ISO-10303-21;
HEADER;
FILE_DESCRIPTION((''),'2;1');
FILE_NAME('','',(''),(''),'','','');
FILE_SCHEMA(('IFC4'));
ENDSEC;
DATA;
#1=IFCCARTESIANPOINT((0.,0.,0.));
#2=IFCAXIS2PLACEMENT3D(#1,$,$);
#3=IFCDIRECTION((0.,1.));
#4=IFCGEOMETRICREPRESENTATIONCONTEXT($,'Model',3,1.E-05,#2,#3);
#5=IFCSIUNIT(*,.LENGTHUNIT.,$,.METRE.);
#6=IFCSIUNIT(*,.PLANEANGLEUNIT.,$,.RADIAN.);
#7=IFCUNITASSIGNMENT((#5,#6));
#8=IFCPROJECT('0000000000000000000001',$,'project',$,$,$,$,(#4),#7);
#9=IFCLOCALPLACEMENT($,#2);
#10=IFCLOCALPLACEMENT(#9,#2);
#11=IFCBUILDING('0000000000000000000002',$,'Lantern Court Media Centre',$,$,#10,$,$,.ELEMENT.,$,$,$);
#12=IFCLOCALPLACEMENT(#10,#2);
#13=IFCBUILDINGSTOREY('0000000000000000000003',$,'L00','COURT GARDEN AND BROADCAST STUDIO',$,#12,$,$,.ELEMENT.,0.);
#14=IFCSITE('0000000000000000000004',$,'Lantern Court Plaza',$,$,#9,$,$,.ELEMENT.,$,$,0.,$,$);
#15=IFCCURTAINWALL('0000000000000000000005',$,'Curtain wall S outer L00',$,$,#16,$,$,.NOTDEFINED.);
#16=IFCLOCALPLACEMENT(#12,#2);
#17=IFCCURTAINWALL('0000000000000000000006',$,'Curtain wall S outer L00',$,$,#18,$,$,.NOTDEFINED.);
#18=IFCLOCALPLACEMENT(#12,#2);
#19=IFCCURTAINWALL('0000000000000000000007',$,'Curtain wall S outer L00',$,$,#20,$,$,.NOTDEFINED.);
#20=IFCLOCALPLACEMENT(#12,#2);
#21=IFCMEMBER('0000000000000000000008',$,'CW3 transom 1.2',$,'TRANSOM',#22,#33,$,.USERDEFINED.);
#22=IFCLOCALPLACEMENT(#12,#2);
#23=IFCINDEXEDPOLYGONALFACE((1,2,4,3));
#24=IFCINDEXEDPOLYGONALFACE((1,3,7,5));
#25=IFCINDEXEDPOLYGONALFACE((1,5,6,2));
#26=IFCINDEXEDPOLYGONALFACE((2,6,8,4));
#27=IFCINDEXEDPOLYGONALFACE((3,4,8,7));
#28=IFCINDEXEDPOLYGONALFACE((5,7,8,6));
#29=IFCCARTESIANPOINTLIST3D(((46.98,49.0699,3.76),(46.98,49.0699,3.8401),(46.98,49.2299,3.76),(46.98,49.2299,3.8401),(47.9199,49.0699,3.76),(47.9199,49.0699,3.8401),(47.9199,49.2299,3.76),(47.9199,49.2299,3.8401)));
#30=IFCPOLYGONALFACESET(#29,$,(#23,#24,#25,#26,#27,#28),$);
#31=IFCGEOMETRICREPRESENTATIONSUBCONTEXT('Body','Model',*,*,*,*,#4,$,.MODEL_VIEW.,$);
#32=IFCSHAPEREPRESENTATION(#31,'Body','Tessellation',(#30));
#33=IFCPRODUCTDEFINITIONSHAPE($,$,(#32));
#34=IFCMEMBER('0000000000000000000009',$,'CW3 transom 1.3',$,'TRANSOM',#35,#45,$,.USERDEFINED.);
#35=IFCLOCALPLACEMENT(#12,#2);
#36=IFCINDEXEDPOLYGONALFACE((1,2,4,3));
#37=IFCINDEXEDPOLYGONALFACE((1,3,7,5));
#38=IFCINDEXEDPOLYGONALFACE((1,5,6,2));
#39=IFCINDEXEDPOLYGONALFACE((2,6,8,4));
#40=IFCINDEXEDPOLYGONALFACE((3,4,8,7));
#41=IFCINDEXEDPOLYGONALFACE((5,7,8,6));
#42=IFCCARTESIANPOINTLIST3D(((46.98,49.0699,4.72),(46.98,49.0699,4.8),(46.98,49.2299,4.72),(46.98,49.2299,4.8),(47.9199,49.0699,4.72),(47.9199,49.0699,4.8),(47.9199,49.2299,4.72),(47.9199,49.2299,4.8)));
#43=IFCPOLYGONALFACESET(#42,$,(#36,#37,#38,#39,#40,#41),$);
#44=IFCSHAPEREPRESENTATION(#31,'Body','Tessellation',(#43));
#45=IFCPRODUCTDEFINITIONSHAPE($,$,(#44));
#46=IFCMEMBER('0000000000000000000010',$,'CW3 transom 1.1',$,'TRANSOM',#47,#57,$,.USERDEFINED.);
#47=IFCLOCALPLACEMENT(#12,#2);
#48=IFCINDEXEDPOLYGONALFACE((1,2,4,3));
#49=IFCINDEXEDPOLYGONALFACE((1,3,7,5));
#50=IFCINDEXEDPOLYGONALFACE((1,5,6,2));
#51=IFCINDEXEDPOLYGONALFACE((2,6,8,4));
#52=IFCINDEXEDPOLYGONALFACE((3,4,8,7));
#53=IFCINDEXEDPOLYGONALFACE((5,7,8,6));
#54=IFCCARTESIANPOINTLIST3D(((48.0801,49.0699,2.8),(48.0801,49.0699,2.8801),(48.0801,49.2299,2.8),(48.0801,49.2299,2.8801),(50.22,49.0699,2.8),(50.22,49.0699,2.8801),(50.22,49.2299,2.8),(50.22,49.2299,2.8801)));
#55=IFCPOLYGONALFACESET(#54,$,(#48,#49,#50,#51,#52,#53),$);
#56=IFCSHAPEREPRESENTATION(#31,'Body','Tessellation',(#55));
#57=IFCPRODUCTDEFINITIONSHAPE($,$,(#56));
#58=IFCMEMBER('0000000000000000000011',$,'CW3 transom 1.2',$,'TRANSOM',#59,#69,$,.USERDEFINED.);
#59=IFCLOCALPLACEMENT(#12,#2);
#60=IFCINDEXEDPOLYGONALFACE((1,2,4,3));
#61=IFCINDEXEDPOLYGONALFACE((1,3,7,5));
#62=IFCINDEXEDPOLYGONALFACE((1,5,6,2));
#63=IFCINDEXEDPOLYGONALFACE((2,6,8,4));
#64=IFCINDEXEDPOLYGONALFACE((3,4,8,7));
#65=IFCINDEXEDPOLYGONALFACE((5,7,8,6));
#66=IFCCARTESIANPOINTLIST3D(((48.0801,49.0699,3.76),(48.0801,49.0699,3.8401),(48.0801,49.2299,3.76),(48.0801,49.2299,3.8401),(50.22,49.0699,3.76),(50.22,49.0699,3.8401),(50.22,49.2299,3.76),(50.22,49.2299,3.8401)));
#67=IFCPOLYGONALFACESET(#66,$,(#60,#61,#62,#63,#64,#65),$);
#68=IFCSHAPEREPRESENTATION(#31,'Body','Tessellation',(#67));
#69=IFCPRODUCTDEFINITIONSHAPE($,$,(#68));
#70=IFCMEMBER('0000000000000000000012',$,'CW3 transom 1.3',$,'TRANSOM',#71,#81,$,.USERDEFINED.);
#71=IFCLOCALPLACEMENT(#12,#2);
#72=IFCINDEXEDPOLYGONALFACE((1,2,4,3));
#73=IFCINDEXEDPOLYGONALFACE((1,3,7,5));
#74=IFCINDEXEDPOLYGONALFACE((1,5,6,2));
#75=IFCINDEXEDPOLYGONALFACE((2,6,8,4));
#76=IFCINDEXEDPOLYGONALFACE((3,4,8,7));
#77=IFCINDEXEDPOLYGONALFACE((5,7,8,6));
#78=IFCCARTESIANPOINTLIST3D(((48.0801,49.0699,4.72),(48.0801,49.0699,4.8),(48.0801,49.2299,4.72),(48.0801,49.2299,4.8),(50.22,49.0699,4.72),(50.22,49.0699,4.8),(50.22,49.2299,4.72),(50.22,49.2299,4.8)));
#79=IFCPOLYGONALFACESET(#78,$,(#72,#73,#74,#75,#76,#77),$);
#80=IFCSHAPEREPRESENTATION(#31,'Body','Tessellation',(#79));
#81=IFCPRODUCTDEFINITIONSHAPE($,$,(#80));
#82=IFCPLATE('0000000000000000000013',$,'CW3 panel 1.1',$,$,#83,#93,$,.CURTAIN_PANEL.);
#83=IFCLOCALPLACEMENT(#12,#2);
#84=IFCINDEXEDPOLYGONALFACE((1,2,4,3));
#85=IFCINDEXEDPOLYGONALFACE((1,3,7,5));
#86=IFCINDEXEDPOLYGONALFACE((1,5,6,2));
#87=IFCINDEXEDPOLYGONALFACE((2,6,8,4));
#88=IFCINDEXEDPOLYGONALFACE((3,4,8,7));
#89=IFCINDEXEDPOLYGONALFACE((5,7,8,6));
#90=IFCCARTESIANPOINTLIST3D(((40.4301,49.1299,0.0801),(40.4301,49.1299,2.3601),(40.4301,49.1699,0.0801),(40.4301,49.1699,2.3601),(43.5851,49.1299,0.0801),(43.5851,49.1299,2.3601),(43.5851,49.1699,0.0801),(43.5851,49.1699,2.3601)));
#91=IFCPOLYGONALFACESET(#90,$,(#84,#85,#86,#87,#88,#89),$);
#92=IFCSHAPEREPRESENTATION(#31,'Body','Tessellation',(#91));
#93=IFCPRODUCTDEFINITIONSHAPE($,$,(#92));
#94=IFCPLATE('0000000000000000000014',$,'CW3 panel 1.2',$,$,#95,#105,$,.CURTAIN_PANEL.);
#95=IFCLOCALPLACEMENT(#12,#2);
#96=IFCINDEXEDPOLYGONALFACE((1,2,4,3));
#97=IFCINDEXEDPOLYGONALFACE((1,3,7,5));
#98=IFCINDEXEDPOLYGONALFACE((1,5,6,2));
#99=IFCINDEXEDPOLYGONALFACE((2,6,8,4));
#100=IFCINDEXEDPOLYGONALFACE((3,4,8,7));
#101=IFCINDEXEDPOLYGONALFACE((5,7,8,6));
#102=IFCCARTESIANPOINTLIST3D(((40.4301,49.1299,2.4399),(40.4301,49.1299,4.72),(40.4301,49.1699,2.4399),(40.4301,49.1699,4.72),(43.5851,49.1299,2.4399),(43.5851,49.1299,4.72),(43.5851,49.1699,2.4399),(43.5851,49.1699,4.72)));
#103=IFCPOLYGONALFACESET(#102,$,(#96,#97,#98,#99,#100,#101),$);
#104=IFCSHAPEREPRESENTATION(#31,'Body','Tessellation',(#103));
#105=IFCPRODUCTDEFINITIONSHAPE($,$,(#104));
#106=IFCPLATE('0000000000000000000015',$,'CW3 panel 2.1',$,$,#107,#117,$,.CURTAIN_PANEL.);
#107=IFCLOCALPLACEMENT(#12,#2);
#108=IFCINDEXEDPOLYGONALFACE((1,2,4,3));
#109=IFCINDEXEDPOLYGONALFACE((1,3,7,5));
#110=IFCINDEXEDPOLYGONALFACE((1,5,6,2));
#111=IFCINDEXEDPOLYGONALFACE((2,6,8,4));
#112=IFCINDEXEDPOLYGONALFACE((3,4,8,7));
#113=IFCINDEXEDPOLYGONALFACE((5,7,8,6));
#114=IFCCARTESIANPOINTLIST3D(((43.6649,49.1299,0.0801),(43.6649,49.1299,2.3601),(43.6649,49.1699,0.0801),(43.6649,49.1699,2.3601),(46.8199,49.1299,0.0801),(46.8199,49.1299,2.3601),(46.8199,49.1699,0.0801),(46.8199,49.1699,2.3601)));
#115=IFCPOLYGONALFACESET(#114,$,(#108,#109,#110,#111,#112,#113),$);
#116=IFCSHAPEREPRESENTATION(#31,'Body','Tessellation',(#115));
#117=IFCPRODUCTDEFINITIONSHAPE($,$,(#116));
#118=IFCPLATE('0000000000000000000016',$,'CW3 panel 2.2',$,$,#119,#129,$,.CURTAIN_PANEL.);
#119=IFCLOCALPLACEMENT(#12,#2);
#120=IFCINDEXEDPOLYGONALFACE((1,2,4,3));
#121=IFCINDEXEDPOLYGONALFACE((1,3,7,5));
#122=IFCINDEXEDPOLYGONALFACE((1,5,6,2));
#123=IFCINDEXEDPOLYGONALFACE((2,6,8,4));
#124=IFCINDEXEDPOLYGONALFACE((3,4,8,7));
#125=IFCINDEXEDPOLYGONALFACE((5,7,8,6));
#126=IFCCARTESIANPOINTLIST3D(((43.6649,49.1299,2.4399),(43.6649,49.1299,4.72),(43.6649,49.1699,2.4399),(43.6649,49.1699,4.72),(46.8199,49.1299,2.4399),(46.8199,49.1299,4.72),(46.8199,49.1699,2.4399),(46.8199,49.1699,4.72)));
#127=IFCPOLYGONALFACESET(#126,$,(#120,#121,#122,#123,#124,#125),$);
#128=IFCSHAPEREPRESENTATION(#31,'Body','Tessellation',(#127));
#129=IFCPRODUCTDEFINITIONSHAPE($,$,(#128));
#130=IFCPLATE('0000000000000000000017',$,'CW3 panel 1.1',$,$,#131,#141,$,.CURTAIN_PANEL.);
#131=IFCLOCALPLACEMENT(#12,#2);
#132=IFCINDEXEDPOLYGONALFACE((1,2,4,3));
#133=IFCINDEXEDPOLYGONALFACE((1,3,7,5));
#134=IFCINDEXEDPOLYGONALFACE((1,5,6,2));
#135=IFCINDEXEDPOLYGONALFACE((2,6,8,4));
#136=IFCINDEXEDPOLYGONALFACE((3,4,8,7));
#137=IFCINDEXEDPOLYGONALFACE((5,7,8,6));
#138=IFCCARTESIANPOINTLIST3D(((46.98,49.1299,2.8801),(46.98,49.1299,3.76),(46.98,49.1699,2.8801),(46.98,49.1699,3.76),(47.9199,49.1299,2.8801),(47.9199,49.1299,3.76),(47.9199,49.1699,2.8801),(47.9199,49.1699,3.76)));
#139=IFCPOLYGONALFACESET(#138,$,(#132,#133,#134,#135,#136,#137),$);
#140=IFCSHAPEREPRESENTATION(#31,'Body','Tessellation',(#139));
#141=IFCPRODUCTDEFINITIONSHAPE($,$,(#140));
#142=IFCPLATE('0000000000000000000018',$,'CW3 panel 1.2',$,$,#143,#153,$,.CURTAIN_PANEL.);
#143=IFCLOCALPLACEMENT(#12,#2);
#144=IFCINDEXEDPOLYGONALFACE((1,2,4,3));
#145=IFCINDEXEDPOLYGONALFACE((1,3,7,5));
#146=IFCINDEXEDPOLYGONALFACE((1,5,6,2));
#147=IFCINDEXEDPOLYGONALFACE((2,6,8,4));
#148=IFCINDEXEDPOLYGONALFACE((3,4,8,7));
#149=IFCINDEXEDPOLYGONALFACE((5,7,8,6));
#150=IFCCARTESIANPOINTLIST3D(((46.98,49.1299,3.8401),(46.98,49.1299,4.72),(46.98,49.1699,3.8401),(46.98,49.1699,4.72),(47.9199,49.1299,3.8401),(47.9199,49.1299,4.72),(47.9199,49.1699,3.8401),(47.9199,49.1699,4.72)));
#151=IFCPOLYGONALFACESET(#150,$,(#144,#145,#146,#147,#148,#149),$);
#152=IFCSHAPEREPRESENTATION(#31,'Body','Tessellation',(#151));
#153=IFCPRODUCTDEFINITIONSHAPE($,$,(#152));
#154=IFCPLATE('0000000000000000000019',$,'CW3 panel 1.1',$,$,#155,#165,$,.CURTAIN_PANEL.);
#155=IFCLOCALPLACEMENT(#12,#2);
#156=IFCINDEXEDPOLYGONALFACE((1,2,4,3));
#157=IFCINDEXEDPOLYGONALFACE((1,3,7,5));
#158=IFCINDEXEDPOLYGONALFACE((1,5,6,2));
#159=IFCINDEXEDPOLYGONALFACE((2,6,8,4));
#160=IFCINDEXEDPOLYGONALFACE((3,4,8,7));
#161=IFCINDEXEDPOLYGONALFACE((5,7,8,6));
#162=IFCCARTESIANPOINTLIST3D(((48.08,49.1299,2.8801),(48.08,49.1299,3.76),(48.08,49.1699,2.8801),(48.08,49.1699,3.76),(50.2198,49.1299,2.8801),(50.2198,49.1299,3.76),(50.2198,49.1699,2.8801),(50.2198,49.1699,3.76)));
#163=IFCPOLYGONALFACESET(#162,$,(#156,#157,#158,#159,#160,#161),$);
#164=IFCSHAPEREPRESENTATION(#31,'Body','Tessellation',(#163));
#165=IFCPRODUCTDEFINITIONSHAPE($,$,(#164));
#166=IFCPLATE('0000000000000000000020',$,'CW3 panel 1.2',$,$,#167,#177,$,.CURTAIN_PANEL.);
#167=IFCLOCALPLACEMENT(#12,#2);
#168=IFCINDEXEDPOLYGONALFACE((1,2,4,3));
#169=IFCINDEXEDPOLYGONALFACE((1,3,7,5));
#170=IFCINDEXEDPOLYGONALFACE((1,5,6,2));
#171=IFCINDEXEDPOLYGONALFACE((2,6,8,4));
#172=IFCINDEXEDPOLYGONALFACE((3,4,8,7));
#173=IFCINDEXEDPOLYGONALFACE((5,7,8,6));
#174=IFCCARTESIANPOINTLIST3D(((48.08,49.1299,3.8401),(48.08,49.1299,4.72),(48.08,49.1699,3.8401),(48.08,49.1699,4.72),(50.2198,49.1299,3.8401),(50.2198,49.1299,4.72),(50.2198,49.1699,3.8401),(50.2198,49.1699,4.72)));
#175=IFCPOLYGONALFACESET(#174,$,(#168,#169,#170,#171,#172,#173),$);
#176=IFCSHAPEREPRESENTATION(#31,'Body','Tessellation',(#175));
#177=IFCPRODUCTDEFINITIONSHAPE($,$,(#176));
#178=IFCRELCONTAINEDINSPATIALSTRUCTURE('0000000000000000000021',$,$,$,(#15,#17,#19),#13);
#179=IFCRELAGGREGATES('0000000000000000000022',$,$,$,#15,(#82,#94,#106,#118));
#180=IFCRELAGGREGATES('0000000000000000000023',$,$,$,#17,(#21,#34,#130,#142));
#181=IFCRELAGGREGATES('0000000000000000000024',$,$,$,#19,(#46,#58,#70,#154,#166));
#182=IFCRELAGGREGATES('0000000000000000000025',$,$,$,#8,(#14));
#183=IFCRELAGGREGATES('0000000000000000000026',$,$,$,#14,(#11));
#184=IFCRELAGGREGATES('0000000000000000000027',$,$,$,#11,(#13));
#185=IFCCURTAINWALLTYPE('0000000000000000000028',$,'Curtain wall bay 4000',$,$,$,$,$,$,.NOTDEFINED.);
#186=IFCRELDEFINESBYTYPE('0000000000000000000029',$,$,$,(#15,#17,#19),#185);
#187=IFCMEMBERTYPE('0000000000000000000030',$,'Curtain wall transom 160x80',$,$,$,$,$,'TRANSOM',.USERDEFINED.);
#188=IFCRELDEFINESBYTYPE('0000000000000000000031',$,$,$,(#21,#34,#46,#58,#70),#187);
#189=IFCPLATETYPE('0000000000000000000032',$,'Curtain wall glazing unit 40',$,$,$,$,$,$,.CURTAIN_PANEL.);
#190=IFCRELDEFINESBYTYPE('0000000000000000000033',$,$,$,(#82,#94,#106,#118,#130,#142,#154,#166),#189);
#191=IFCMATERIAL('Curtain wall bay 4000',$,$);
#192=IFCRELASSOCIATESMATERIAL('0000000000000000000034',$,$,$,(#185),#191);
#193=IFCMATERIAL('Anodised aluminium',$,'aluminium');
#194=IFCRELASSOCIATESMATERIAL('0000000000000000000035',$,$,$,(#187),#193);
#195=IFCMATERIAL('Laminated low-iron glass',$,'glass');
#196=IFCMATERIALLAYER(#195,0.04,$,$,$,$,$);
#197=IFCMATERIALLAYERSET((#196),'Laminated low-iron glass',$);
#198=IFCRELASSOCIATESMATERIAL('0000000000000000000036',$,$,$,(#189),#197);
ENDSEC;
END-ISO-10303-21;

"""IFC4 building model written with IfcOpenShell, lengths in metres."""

from ifc_helpers import new_model, si_unit, direction, frame, origin, origin_2d, place, context, subcontext, project, spatial, rectangle, extrude, material, layer, layer_set, material_profile, profile_set, type_object, element, aggregate, save


model = new_model("IFC4")

# Units and contexts
model_context = context("Model", 3, precision=1e-05, world=origin(), true_north=direction((0.0, 1.0)))
body_context = subcontext(model_context, "Body", "Model", "MODEL_VIEW")
ifc_project = project(units=[si_unit("LENGTHUNIT", "METRE"), si_unit("PLANEANGLEUNIT", "RADIAN")], contexts=[model_context])

# Site, building, storey
site_placement = place(None, origin())
site = spatial("IfcSite", under=ifc_project, at=site_placement, Name="Lantern Court Plaza", CompositionType="ELEMENT", RefElevation=0.0)
building_placement = place(site_placement, origin())
building = spatial("IfcBuilding", under=site, at=building_placement, Name="Lantern Court Media Centre", CompositionType="ELEMENT")
storey_placement = place(building_placement, origin())
storey = spatial("IfcBuildingStorey", under=building, at=storey_placement, Name="L00", Description="COURT GARDEN AND BROADCAST STUDIO", CompositionType="ELEMENT", Elevation=0.0)

# Curtain walls
ifc_material_1 = material(Name="Curtain wall bay 4000")
curtain_wall_type = type_object("IfcCurtainWallType", Name="Curtain wall bay 4000", PredefinedType="NOTDEFINED", material=ifc_material_1)
curtain_wall_1_placement = place(storey_placement, origin())
curtain_wall_1 = element("IfcCurtainWall", 1, at=curtain_wall_1_placement, inside=storey, type_object=curtain_wall_type, Name="Curtain wall S outer L00", PredefinedType="NOTDEFINED")
ifc_material_2 = material(Name="Anodised aluminium", Category="aluminium")
curtain_wall_2_placement = place(storey_placement, origin())
curtain_wall_2 = element("IfcCurtainWall", 2, at=curtain_wall_2_placement, inside=storey, type_object=curtain_wall_type, Name="Curtain wall S outer L00", PredefinedType="NOTDEFINED")
curtain_wall_3_placement = place(storey_placement, origin())
curtain_wall_3 = element("IfcCurtainWall", 3, at=curtain_wall_3_placement, inside=storey, type_object=curtain_wall_type, Name="Curtain wall S outer L00", PredefinedType="NOTDEFINED")

# Members
ifc_material_profile_1 = material_profile(ifc_material_2, rectangle(XDim=0.1599, YDim=0.0801, at=origin_2d()), Name="AL 80x160")
ifc_profile_set_1 = profile_set([ifc_material_profile_1], Name="Anodised aluminium")
member_type_1 = type_object("IfcMemberType", Name="Curtain wall transom 160x80", ElementType="TRANSOM", PredefinedType="USERDEFINED", material=ifc_profile_set_1)
member_1_placement = place(storey_placement, frame((46.98, 49.1499, 3.8), z_axis=(1.0, 0.0, 0.0), x_axis=(0.0, 1.0, 0.0)))
member_1 = element("IfcMember", 4, at=member_1_placement, type_object=member_type_1, Name="CW3 transom 1.2", ObjectType="TRANSOM", PredefinedType="USERDEFINED", context=body_context, shape_type="SweptSolid", body=[
    extrude(rectangle(XDim=0.1599, YDim=0.0801, at=origin_2d()), origin(), (0.0, 0.0, 1.0), 0.9399),
])
member_2_placement = place(storey_placement, frame((46.98, 49.1499, 4.76), z_axis=(1.0, 0.0, 0.0), x_axis=(0.0, 1.0, 0.0)))
member_2 = element("IfcMember", 5, at=member_2_placement, type_object=member_type_1, Name="CW3 transom 1.3", ObjectType="TRANSOM", PredefinedType="USERDEFINED", context=body_context, shape_type="SweptSolid", body=[
    extrude(rectangle(XDim=0.1599, YDim=0.0801, at=origin_2d()), origin(), (0.0, 0.0, 1.0), 0.9399),
])
member_3_placement = place(storey_placement, frame((48.0801, 49.1499, 2.8401), z_axis=(1.0, 0.0, 0.0), x_axis=(0.0, 1.0, 0.0)))
member_3 = element("IfcMember", 6, at=member_3_placement, type_object=member_type_1, Name="CW3 transom 1.1", ObjectType="TRANSOM", PredefinedType="USERDEFINED", context=body_context, shape_type="SweptSolid", body=[
    extrude(rectangle(XDim=0.1599, YDim=0.0801, at=origin_2d()), origin(), (0.0, 0.0, 1.0), 2.1399),
])
member_4_placement = place(storey_placement, frame((48.0801, 49.1499, 3.8), z_axis=(1.0, 0.0, 0.0), x_axis=(0.0, 1.0, 0.0)))
member_4 = element("IfcMember", 7, at=member_4_placement, type_object=member_type_1, Name="CW3 transom 1.2", ObjectType="TRANSOM", PredefinedType="USERDEFINED", context=body_context, shape_type="SweptSolid", body=[
    extrude(rectangle(XDim=0.1599, YDim=0.0801, at=origin_2d()), origin(), (0.0, 0.0, 1.0), 2.1399),
])
member_5_placement = place(storey_placement, frame((48.0801, 49.1499, 4.76), z_axis=(1.0, 0.0, 0.0), x_axis=(0.0, 1.0, 0.0)))
member_5 = element("IfcMember", 8, at=member_5_placement, type_object=member_type_1, Name="CW3 transom 1.3", ObjectType="TRANSOM", PredefinedType="USERDEFINED", context=body_context, shape_type="SweptSolid", body=[
    extrude(rectangle(XDim=0.1599, YDim=0.0801, at=origin_2d()), origin(), (0.0, 0.0, 1.0), 2.1399),
])

# Plates
ifc_material_3 = material(Name="Laminated low-iron glass", Category="glass")
ifc_layer_1 = layer(ifc_material_3, 0.04)
ifc_layer_set_1 = layer_set([ifc_layer_1], Name="Laminated low-iron glass")
plate_type = type_object("IfcPlateType", Name="Curtain wall glazing unit 40", PredefinedType="CURTAIN_PANEL", material=ifc_layer_set_1)
plate_1_placement = place(storey_placement, frame((42.0076, 49.1499, 0.0801), z_axis=(0.0, 0.0, 1.0), x_axis=(1.0, 0.0, 0.0)))
plate_1 = element("IfcPlate", 9, at=plate_1_placement, type_object=plate_type, Name="CW3 panel 1.1", PredefinedType="CURTAIN_PANEL", context=body_context, shape_type="SweptSolid", body=[
    extrude(rectangle(XDim=3.155, YDim=0.04, at=origin_2d()), origin(), (0.0, 0.0, 1.0), 2.28),
])
plate_2_placement = place(storey_placement, frame((42.0076, 49.1499, 2.4399), z_axis=(0.0, 0.0, 1.0), x_axis=(1.0, 0.0, 0.0)))
plate_2 = element("IfcPlate", 10, at=plate_2_placement, type_object=plate_type, Name="CW3 panel 1.2", PredefinedType="CURTAIN_PANEL", context=body_context, shape_type="SweptSolid", body=[
    extrude(rectangle(XDim=3.155, YDim=0.04, at=origin_2d()), origin(), (0.0, 0.0, 1.0), 2.28),
])
plate_3_placement = place(storey_placement, frame((45.2424, 49.1499, 0.0801), z_axis=(0.0, 0.0, 1.0), x_axis=(1.0, 0.0, 0.0)))
plate_3 = element("IfcPlate", 11, at=plate_3_placement, type_object=plate_type, Name="CW3 panel 2.1", PredefinedType="CURTAIN_PANEL", context=body_context, shape_type="SweptSolid", body=[
    extrude(rectangle(XDim=3.155, YDim=0.04, at=origin_2d()), origin(), (0.0, 0.0, 1.0), 2.28),
])
plate_4_placement = place(storey_placement, frame((45.2424, 49.1499, 2.4399), z_axis=(0.0, 0.0, 1.0), x_axis=(1.0, 0.0, 0.0)))
plate_4 = element("IfcPlate", 12, at=plate_4_placement, type_object=plate_type, Name="CW3 panel 2.2", PredefinedType="CURTAIN_PANEL", context=body_context, shape_type="SweptSolid", body=[
    extrude(rectangle(XDim=3.155, YDim=0.04, at=origin_2d()), origin(), (0.0, 0.0, 1.0), 2.28),
])
aggregate(curtain_wall_1, [plate_1, plate_2, plate_3, plate_4])
plate_5_placement = place(storey_placement, frame((47.45, 49.1499, 2.8801), z_axis=(0.0, 0.0, 1.0), x_axis=(1.0, 0.0, 0.0)))
plate_5 = element("IfcPlate", 13, at=plate_5_placement, type_object=plate_type, Name="CW3 panel 1.1", PredefinedType="CURTAIN_PANEL", context=body_context, shape_type="SweptSolid", body=[
    extrude(rectangle(XDim=0.9399, YDim=0.04, at=origin_2d()), origin(), (0.0, 0.0, 1.0), 0.8799),
])
plate_6_placement = place(storey_placement, frame((47.45, 49.1499, 3.8401), z_axis=(0.0, 0.0, 1.0), x_axis=(1.0, 0.0, 0.0)))
plate_6 = element("IfcPlate", 14, at=plate_6_placement, type_object=plate_type, Name="CW3 panel 1.2", PredefinedType="CURTAIN_PANEL", context=body_context, shape_type="SweptSolid", body=[
    extrude(rectangle(XDim=0.9399, YDim=0.04, at=origin_2d()), origin(), (0.0, 0.0, 1.0), 0.8799),
])
aggregate(curtain_wall_2, [member_1, member_2, plate_5, plate_6])
plate_7_placement = place(storey_placement, frame((49.1499, 49.1499, 2.8801), z_axis=(0.0, 0.0, 1.0), x_axis=(1.0, 0.0, 0.0)))
plate_7 = element("IfcPlate", 15, at=plate_7_placement, type_object=plate_type, Name="CW3 panel 1.1", PredefinedType="CURTAIN_PANEL", context=body_context, shape_type="SweptSolid", body=[
    extrude(rectangle(XDim=2.1399, YDim=0.04, at=origin_2d()), origin(), (0.0, 0.0, 1.0), 0.8799),
])
plate_8_placement = place(storey_placement, frame((49.1499, 49.1499, 3.8401), z_axis=(0.0, 0.0, 1.0), x_axis=(1.0, 0.0, 0.0)))
plate_8 = element("IfcPlate", 16, at=plate_8_placement, type_object=plate_type, Name="CW3 panel 1.2", PredefinedType="CURTAIN_PANEL", context=body_context, shape_type="SweptSolid", body=[
    extrude(rectangle(XDim=2.1399, YDim=0.04, at=origin_2d()), origin(), (0.0, 0.0, 1.0), 0.8799),
])
aggregate(curtain_wall_3, [member_3, member_4, member_5, plate_7, plate_8])

save(model, "model.ifc")
